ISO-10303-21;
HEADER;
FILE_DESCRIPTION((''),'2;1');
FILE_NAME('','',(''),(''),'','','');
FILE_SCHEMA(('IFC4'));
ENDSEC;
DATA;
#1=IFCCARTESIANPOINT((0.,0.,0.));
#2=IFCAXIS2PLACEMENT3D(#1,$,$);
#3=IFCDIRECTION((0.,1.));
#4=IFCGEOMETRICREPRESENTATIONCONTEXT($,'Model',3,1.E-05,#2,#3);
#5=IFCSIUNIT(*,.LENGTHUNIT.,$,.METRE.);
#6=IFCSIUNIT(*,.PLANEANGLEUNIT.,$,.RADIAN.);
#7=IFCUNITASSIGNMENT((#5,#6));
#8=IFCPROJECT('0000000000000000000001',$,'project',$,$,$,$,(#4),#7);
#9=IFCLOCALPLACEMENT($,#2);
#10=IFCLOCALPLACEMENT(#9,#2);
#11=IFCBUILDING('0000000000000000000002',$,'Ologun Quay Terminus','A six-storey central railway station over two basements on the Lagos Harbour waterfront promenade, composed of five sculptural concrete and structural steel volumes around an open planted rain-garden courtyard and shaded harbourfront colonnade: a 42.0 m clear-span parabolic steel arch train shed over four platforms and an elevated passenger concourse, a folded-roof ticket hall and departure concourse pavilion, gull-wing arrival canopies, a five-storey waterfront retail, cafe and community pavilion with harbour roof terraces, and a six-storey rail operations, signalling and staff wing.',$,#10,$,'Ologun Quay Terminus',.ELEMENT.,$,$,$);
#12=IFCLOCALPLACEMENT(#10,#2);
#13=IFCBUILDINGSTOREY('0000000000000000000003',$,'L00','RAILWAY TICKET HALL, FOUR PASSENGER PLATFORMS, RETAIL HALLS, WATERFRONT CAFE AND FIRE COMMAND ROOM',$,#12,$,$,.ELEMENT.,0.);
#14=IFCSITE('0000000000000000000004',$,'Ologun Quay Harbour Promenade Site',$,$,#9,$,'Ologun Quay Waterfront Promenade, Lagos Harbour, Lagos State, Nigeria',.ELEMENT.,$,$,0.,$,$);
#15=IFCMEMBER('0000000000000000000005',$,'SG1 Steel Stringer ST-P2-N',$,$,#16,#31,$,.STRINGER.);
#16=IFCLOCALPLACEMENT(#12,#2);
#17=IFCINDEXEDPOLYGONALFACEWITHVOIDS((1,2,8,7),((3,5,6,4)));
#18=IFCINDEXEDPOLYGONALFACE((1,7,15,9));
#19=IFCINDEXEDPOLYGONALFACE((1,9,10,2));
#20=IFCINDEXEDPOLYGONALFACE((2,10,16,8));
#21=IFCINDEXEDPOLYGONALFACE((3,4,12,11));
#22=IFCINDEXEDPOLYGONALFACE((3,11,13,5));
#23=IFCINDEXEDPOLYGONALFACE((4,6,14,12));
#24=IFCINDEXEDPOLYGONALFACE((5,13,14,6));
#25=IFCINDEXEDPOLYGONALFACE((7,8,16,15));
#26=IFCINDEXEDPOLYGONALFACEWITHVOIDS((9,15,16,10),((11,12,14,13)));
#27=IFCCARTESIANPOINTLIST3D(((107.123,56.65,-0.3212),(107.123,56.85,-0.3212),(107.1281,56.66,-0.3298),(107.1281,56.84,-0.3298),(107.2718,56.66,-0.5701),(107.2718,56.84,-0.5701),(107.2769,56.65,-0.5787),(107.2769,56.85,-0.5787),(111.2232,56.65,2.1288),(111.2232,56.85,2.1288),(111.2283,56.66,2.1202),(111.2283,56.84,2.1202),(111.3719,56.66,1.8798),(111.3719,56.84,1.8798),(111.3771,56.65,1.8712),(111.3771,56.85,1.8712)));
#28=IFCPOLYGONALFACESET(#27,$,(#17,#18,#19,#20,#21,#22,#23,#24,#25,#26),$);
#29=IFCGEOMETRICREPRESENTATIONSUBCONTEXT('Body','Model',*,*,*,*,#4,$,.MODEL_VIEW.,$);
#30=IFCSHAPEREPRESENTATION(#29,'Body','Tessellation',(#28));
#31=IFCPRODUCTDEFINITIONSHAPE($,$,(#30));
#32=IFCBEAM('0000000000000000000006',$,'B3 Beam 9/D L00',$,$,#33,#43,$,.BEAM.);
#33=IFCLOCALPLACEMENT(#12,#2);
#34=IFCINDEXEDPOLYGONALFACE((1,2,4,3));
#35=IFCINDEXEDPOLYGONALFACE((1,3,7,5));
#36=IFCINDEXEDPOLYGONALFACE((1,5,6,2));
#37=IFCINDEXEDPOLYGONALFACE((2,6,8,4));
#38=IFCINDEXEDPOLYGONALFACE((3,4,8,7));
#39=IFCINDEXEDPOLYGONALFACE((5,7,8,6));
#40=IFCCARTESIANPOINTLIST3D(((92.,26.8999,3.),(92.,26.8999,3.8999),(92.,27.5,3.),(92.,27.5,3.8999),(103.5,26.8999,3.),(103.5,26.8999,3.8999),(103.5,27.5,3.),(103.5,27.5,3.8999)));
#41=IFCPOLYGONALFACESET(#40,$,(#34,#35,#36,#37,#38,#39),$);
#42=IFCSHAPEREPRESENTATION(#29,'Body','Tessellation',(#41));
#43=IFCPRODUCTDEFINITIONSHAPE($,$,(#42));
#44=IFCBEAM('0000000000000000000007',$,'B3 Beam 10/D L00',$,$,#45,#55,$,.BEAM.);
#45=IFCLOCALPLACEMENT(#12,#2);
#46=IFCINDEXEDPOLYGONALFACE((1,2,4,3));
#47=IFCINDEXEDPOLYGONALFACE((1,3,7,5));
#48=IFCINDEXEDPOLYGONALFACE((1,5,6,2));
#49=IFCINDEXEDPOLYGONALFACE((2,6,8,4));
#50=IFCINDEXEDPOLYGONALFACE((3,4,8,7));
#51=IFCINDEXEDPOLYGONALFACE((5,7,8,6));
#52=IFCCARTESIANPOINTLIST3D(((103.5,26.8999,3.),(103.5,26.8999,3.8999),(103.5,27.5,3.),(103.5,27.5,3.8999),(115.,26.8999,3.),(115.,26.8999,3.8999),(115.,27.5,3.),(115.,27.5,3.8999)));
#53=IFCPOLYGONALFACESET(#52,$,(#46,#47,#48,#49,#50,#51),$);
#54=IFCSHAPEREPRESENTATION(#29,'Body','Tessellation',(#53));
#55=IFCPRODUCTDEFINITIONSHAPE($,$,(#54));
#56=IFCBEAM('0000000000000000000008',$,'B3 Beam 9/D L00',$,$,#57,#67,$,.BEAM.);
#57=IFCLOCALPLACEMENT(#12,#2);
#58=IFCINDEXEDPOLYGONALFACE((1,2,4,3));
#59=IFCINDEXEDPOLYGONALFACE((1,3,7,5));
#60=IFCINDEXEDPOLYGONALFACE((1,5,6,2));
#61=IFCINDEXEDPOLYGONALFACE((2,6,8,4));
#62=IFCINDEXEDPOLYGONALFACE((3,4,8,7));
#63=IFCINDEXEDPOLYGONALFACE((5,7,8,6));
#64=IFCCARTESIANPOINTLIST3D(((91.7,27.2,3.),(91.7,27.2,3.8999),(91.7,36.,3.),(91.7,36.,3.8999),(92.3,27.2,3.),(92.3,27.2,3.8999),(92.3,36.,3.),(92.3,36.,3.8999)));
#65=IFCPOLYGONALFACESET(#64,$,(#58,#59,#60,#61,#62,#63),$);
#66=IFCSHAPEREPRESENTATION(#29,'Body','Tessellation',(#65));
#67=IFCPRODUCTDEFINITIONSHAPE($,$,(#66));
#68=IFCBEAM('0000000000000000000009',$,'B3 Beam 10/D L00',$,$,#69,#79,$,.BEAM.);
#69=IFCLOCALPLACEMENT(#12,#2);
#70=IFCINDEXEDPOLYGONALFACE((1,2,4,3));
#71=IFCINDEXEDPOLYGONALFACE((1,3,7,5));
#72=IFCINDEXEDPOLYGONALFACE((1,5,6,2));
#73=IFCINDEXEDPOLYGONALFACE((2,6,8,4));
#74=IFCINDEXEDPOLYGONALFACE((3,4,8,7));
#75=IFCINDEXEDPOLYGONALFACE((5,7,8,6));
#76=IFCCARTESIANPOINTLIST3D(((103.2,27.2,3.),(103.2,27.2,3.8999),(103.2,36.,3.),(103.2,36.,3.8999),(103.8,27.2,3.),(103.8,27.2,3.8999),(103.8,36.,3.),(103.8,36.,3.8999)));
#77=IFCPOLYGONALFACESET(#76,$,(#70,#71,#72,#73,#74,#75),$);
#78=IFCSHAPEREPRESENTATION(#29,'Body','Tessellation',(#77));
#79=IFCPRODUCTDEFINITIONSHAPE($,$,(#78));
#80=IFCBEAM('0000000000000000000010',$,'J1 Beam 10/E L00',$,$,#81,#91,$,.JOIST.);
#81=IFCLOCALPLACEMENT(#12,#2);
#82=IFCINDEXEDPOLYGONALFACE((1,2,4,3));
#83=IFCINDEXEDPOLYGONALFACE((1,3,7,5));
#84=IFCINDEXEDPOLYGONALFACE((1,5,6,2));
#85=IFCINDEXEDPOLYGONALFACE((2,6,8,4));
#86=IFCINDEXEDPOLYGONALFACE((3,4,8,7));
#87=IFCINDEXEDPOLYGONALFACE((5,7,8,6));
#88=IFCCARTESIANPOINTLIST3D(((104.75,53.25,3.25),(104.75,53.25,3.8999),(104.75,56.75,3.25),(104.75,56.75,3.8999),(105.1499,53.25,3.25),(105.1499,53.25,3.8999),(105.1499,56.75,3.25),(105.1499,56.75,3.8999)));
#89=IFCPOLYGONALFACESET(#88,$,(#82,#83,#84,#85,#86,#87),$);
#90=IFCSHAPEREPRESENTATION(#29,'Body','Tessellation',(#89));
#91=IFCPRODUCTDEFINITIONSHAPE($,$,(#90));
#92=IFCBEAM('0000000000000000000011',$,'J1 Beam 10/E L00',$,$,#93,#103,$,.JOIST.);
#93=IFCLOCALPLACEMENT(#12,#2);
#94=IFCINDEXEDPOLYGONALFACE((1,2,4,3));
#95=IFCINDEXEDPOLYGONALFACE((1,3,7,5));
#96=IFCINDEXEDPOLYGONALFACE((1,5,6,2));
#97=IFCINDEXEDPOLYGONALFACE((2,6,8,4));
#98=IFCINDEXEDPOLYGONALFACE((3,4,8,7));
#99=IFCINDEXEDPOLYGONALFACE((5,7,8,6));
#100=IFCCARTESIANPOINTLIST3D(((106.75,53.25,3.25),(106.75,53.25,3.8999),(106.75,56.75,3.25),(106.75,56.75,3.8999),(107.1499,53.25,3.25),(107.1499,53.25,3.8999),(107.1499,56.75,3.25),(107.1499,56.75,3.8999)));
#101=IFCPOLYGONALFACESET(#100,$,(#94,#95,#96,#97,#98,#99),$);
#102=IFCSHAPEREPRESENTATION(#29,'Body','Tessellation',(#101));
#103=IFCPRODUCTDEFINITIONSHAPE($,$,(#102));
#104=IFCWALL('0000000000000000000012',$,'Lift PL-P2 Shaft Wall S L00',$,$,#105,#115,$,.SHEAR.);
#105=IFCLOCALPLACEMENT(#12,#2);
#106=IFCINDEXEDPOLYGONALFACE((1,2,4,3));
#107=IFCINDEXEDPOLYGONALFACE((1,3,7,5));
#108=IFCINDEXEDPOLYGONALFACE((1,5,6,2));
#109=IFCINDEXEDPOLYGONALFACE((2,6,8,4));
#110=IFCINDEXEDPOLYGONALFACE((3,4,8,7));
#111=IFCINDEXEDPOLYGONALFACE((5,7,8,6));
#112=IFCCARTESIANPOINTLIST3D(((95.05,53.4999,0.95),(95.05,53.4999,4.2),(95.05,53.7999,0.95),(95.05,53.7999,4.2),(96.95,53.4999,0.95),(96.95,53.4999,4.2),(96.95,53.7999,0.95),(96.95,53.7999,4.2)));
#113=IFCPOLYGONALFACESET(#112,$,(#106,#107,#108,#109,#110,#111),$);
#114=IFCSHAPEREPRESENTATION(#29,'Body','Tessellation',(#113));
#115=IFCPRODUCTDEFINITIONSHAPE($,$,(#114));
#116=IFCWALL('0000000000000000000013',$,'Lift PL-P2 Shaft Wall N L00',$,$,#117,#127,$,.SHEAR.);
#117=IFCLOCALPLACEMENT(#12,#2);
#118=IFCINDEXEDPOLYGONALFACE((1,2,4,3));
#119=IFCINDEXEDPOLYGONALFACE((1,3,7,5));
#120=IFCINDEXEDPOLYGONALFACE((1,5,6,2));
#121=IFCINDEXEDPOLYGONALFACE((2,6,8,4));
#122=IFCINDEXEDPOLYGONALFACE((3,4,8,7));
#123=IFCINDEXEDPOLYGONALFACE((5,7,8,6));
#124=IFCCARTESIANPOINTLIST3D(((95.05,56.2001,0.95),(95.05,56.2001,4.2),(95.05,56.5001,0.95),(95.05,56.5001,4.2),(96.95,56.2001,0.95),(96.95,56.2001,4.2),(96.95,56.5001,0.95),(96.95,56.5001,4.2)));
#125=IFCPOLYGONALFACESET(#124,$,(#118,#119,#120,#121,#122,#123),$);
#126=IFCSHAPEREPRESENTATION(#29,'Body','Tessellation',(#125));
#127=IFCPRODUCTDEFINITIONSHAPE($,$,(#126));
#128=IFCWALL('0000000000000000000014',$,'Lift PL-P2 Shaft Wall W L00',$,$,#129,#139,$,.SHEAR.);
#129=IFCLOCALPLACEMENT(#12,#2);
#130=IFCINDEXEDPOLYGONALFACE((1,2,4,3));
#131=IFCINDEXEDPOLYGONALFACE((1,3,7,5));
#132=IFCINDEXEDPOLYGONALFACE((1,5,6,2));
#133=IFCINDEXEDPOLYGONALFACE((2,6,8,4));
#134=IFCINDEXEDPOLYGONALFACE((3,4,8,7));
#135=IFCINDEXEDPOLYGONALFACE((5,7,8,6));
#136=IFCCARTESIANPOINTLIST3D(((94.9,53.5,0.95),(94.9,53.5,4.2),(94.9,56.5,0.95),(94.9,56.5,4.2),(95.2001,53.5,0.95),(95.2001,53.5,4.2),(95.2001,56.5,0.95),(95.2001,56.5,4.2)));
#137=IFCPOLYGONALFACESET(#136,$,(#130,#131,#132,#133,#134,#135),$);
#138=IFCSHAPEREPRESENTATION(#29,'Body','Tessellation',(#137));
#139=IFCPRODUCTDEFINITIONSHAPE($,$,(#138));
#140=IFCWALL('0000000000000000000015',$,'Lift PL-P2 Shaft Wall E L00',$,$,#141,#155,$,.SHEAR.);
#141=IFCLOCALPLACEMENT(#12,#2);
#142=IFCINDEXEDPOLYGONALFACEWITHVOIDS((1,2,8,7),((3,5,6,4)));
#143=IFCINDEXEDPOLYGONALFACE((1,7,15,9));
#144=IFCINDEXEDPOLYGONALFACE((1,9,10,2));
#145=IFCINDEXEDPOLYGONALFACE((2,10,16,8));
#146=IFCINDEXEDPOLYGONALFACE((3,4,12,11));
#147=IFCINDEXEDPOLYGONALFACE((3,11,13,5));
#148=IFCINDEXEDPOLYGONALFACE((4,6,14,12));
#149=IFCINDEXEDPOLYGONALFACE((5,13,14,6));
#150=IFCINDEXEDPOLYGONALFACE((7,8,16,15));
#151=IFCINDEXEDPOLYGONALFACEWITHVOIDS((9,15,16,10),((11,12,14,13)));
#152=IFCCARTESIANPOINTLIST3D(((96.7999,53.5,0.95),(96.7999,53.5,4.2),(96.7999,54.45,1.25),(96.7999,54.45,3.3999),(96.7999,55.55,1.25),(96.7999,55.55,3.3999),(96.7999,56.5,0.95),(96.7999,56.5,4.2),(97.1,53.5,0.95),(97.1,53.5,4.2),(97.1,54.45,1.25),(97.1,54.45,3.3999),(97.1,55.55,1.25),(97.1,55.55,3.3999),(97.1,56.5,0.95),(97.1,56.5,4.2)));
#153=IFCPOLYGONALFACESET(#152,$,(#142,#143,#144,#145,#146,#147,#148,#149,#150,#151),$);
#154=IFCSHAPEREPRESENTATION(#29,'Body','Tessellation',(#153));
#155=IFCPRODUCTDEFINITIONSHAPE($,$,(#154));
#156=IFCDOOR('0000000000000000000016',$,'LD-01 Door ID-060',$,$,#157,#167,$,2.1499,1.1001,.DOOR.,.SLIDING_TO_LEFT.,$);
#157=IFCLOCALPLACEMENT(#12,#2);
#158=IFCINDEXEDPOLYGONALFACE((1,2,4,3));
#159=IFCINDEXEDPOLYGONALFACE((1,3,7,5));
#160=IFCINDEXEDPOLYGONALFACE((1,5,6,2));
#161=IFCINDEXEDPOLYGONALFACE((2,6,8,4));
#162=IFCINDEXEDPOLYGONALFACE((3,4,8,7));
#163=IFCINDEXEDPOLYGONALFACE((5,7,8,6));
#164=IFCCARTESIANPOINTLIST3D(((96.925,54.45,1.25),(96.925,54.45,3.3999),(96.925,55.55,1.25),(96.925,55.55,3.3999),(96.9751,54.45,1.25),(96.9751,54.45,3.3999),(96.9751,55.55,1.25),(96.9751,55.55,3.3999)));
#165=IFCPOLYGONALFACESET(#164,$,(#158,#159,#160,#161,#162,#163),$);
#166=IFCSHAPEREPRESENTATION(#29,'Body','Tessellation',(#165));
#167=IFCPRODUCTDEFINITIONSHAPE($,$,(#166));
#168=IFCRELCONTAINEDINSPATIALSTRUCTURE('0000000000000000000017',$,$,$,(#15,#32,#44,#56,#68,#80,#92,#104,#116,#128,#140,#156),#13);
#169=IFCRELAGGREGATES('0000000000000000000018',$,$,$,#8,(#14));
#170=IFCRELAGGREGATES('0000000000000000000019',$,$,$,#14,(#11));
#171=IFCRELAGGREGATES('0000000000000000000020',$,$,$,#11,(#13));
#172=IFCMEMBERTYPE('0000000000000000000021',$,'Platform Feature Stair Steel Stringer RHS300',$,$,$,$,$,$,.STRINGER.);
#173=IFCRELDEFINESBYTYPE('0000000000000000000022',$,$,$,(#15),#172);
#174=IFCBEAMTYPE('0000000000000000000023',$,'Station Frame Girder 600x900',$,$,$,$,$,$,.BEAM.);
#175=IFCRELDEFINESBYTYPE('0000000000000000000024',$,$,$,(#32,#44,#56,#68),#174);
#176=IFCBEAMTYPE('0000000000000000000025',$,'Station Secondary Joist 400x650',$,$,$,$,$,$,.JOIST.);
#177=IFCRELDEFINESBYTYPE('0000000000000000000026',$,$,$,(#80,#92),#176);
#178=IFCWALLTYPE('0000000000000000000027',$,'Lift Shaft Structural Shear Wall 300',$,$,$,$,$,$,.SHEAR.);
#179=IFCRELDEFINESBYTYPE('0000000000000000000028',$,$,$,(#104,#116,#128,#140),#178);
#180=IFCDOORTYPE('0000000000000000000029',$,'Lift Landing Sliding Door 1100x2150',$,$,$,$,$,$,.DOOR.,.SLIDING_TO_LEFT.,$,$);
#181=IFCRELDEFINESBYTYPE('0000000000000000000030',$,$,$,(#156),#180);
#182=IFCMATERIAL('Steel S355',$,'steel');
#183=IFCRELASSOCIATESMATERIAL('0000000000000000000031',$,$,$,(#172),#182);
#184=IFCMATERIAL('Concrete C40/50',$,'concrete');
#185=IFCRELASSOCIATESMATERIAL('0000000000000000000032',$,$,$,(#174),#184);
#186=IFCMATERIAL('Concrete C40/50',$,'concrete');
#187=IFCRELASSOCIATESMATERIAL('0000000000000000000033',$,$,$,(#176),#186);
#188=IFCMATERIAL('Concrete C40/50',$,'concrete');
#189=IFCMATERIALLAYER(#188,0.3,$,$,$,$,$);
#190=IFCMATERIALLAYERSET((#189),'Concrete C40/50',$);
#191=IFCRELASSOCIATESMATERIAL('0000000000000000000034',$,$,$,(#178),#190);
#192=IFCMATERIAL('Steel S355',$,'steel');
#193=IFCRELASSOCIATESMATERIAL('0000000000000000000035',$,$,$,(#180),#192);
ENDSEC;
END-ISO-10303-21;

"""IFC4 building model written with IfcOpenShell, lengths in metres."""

from ifc_helpers import new_model, si_unit, direction, frame, frame_2d, origin, origin_2d, place, context, subcontext, project, spatial, rectangle, hollow_rectangle, extrude, material, layer, layer_set, material_profile, profile_set, type_object, element, fill, save


model = new_model("IFC4")

# Units and contexts
model_context = context("Model", 3, precision=1e-05, world=origin(), true_north=direction((0.0, 1.0)))
body_context = subcontext(model_context, "Body", "Model", "MODEL_VIEW")
ifc_project = project(units=[si_unit("LENGTHUNIT", "METRE"), si_unit("PLANEANGLEUNIT", "RADIAN")], contexts=[model_context])

# Site, building, storey
site_placement = place(None, origin())
site = spatial("IfcSite", under=ifc_project, at=site_placement, Name="Ologun Quay Harbour Promenade Site", LongName="Ologun Quay Waterfront Promenade, Lagos Harbour, Lagos State, Nigeria", CompositionType="ELEMENT", RefElevation=0.0)
building_placement = place(site_placement, origin())
building = spatial("IfcBuilding", under=site, at=building_placement, Name="Ologun Quay Terminus", Description="A six-storey central railway station over two basements on the Lagos Harbour waterfront promenade, composed of five sculptural concrete and structural steel volumes around an open planted rain-garden courtyard and shaded harbourfront colonnade: a 42.0 m clear-span parabolic steel arch train shed over four platforms and an elevated passenger concourse, a folded-roof ticket hall and departure concourse pavilion, gull-wing arrival canopies, a five-storey waterfront retail, cafe and community pavilion with harbour roof terraces, and a six-storey rail operations, signalling and staff wing.", LongName="Ologun Quay Terminus", CompositionType="ELEMENT")
storey_placement = place(building_placement, origin())
storey = spatial("IfcBuildingStorey", under=building, at=storey_placement, Name="L00", Description="RAILWAY TICKET HALL, FOUR PASSENGER PLATFORMS, RETAIL HALLS, WATERFRONT CAFE AND FIRE COMMAND ROOM", CompositionType="ELEMENT", Elevation=0.0)

# Member
ifc_material_1 = material(Name="Steel S355", Category="steel")
ifc_material_profile_1 = material_profile(ifc_material_1, hollow_rectangle(XDim=0.2, YDim=0.3, WallThickness=0.01, at=origin_2d()), Name="RHS 300x200x10")
ifc_profile_set_1 = profile_set([ifc_material_profile_1], Name="Steel S355")
member_type = type_object("IfcMemberType", Name="Platform Feature Stair Steel Stringer RHS300", PredefinedType="STRINGER", material=ifc_profile_set_1)
for number, where, z_axis, x_axis, name in (
    (1, (107.2, 56.75, -0.45), (0.858425, 0.0, 0.512939), (0.0, 1.0, 0.0), "SG1 Steel Stringer ST-P2-N"),
):
    element("IfcMember", number, at=place(storey_placement, frame(where, z_axis=z_axis, x_axis=x_axis)), inside=storey, type_object=member_type, Name=name, PredefinedType="STRINGER", context=body_context, shape_type="SweptSolid", body=[
        extrude(hollow_rectangle(XDim=0.2, YDim=0.3, WallThickness=0.01, at=origin_2d()), origin(), (0.0, 0.0, 1.0), 4.7764),
    ])

# Beams
ifc_material_2 = material(Name="Concrete C40/50", Category="concrete")
ifc_material_profile_2 = material_profile(ifc_material_2, rectangle(XDim=0.6001, YDim=0.8999, at=origin_2d()), Name="RC 600x900")
ifc_profile_set_2 = profile_set([ifc_material_profile_2], Name="Concrete C40/50")
beam_type_1 = type_object("IfcBeamType", Name="Station Frame Girder 600x900", PredefinedType="BEAM", material=ifc_profile_set_2)
for number, where, z_axis, x_axis, name in (
    (2, (92.0, 27.2, 3.45), (1.0, 0.0, 0.0), (0.0, 1.0, 0.0), "B3 Beam 9/D L00"),
    (3, (103.5, 27.2, 3.45), (1.0, 0.0, 0.0), (0.0, 1.0, 0.0), "B3 Beam 10/D L00"),
):
    element("IfcBeam", number, at=place(storey_placement, frame(where, z_axis=z_axis, x_axis=x_axis)), inside=storey, type_object=beam_type_1, Name=name, PredefinedType="BEAM", context=body_context, shape_type="SweptSolid", body=[
        extrude(rectangle(XDim=0.6001, YDim=0.8999, at=origin_2d()), origin(), (0.0, 0.0, 1.0), 11.5),
    ])
for number, where, z_axis, x_axis, name in (
    (4, (92.0, 27.2, 3.45), (0.0, 1.0, 0.0), (-1.0, 0.0, 0.0), "B3 Beam 9/D L00"),
    (5, (103.5, 27.2, 3.45), (0.0, 1.0, 0.0), (-1.0, 0.0, 0.0), "B3 Beam 10/D L00"),
):
    element("IfcBeam", number, at=place(storey_placement, frame(where, z_axis=z_axis, x_axis=x_axis)), inside=storey, type_object=beam_type_1, Name=name, PredefinedType="BEAM", context=body_context, shape_type="SweptSolid", body=[
        extrude(rectangle(XDim=0.6001, YDim=0.8999, at=origin_2d()), origin(), (0.0, 0.0, 1.0), 8.8),
    ])
ifc_material_3 = material(Name="Concrete C40/50", Category="concrete")
ifc_material_profile_3 = material_profile(ifc_material_3, rectangle(XDim=0.3999, YDim=0.6499, at=origin_2d()), Name="RC 400x650")
ifc_profile_set_3 = profile_set([ifc_material_profile_3], Name="Concrete C40/50")
beam_type_2 = type_object("IfcBeamType", Name="Station Secondary Joist 400x650", PredefinedType="JOIST", material=ifc_profile_set_3)
for number, where, z_axis, x_axis, name in (
    (6, (104.95, 53.25, 3.575), (0.0, 1.0, 0.0), (-1.0, 0.0, 0.0), "J1 Beam 10/E L00"),
    (7, (106.95, 53.25, 3.575), (0.0, 1.0, 0.0), (-1.0, 0.0, 0.0), "J1 Beam 10/E L00"),
):
    element("IfcBeam", number, at=place(storey_placement, frame(where, z_axis=z_axis, x_axis=x_axis)), inside=storey, type_object=beam_type_2, Name=name, PredefinedType="JOIST", context=body_context, shape_type="SweptSolid", body=[
        extrude(rectangle(XDim=0.3999, YDim=0.6499, at=origin_2d()), origin(), (0.0, 0.0, 1.0), 3.5),
    ])

# Walls
ifc_material_4 = material(Name="Concrete C40/50", Category="concrete")
ifc_layer = layer(ifc_material_4, 0.3)
ifc_layer_set = layer_set([ifc_layer], Name="Concrete C40/50")
wall_type = type_object("IfcWallType", Name="Lift Shaft Structural Shear Wall 300", PredefinedType="SHEAR", material=ifc_layer_set)
for number, where, z_axis, x_axis, name in (
    (8, (95.05, 53.6499, 0.95), (0.0, 0.0, 1.0), (1.0, 0.0, 0.0), "Lift PL-P2 Shaft Wall S L00"),
    (9, (95.05, 56.3501, 0.95), (0.0, 0.0, 1.0), (1.0, 0.0, 0.0), "Lift PL-P2 Shaft Wall N L00"),
):
    element("IfcWall", number, at=place(storey_placement, frame(where, z_axis=z_axis, x_axis=x_axis)), inside=storey, type_object=wall_type, Name=name, PredefinedType="SHEAR", context=body_context, shape_type="SweptSolid", body=[
        extrude(rectangle(XDim=1.8999, YDim=0.3, at=frame_2d((0.95, 0.0))), origin(), (0.0, 0.0, 1.0), 3.25),
    ])
wall_1_placement = place(storey_placement, frame((95.05, 53.5, 0.95), z_axis=(0.0, 0.0, 1.0), x_axis=(0.0, 1.0, 0.0)))
element("IfcWall", 10, at=wall_1_placement, inside=storey, type_object=wall_type, Name="Lift PL-P2 Shaft Wall W L00", PredefinedType="SHEAR", context=body_context, shape_type="SweptSolid", body=[
    extrude(rectangle(XDim=3.0, YDim=0.3, at=frame_2d((1.5, 0.0))), origin(), (0.0, 0.0, 1.0), 3.25),
])

# Wall, opening, door
wall_2_placement = place(storey_placement, frame((96.95, 53.5, 0.95), z_axis=(0.0, 0.0, 1.0), x_axis=(0.0, 1.0, 0.0)))
wall_2 = element("IfcWall", 11, at=wall_2_placement, inside=storey, type_object=wall_type, Name="Lift PL-P2 Shaft Wall E L00", PredefinedType="SHEAR", context=body_context, shape_type="SweptSolid", body=[
    extrude(rectangle(XDim=3.0, YDim=0.3, at=frame_2d((1.5, 0.0))), origin(), (0.0, 0.0, 1.0), 3.25),
])
opening_placement = place(wall_2_placement, frame((0.95, 0.0, 0.3)))
opening = element("IfcOpeningElement", 12, at=opening_placement, cuts=wall_2, PredefinedType="OPENING", context=body_context, shape_type="SweptSolid", body=[
    extrude(rectangle(XDim=1.1001, YDim=2.1499, at=frame_2d((0.55, 1.075))), frame((0.0, 0.1602, 0.0), z_axis=(0.0, -1.0, 0.0), x_axis=(1.0, 0.0, 0.0)), (0.0, 0.0, 1.0), 0.3201),
])
ifc_material_5 = material(Name="Steel S355", Category="steel")
door_type = type_object("IfcDoorType", Name="Lift Landing Sliding Door 1100x2150", OperationType="SLIDING_TO_LEFT", PredefinedType="DOOR", material=ifc_material_5)
door_placement = place(opening_placement, origin())
door = element("IfcDoor", 13, at=door_placement, inside=storey, type_object=door_type, Name="LD-01 Door ID-060", OperationType="SLIDING_TO_LEFT", OverallHeight=2.1499, OverallWidth=1.1001, PredefinedType="DOOR", context=body_context, shape_type="SweptSolid", body=[
    extrude(rectangle(XDim=1.1001, YDim=2.1499, at=frame_2d((0.55, 1.075))), frame((0.0, 0.0249, 0.0), z_axis=(0.0, -1.0, 0.0), x_axis=(1.0, 0.0, 0.0)), (0.0, 0.0, 1.0), 0.05),
])
fill(opening, door)

save(model, "model.ifc")
